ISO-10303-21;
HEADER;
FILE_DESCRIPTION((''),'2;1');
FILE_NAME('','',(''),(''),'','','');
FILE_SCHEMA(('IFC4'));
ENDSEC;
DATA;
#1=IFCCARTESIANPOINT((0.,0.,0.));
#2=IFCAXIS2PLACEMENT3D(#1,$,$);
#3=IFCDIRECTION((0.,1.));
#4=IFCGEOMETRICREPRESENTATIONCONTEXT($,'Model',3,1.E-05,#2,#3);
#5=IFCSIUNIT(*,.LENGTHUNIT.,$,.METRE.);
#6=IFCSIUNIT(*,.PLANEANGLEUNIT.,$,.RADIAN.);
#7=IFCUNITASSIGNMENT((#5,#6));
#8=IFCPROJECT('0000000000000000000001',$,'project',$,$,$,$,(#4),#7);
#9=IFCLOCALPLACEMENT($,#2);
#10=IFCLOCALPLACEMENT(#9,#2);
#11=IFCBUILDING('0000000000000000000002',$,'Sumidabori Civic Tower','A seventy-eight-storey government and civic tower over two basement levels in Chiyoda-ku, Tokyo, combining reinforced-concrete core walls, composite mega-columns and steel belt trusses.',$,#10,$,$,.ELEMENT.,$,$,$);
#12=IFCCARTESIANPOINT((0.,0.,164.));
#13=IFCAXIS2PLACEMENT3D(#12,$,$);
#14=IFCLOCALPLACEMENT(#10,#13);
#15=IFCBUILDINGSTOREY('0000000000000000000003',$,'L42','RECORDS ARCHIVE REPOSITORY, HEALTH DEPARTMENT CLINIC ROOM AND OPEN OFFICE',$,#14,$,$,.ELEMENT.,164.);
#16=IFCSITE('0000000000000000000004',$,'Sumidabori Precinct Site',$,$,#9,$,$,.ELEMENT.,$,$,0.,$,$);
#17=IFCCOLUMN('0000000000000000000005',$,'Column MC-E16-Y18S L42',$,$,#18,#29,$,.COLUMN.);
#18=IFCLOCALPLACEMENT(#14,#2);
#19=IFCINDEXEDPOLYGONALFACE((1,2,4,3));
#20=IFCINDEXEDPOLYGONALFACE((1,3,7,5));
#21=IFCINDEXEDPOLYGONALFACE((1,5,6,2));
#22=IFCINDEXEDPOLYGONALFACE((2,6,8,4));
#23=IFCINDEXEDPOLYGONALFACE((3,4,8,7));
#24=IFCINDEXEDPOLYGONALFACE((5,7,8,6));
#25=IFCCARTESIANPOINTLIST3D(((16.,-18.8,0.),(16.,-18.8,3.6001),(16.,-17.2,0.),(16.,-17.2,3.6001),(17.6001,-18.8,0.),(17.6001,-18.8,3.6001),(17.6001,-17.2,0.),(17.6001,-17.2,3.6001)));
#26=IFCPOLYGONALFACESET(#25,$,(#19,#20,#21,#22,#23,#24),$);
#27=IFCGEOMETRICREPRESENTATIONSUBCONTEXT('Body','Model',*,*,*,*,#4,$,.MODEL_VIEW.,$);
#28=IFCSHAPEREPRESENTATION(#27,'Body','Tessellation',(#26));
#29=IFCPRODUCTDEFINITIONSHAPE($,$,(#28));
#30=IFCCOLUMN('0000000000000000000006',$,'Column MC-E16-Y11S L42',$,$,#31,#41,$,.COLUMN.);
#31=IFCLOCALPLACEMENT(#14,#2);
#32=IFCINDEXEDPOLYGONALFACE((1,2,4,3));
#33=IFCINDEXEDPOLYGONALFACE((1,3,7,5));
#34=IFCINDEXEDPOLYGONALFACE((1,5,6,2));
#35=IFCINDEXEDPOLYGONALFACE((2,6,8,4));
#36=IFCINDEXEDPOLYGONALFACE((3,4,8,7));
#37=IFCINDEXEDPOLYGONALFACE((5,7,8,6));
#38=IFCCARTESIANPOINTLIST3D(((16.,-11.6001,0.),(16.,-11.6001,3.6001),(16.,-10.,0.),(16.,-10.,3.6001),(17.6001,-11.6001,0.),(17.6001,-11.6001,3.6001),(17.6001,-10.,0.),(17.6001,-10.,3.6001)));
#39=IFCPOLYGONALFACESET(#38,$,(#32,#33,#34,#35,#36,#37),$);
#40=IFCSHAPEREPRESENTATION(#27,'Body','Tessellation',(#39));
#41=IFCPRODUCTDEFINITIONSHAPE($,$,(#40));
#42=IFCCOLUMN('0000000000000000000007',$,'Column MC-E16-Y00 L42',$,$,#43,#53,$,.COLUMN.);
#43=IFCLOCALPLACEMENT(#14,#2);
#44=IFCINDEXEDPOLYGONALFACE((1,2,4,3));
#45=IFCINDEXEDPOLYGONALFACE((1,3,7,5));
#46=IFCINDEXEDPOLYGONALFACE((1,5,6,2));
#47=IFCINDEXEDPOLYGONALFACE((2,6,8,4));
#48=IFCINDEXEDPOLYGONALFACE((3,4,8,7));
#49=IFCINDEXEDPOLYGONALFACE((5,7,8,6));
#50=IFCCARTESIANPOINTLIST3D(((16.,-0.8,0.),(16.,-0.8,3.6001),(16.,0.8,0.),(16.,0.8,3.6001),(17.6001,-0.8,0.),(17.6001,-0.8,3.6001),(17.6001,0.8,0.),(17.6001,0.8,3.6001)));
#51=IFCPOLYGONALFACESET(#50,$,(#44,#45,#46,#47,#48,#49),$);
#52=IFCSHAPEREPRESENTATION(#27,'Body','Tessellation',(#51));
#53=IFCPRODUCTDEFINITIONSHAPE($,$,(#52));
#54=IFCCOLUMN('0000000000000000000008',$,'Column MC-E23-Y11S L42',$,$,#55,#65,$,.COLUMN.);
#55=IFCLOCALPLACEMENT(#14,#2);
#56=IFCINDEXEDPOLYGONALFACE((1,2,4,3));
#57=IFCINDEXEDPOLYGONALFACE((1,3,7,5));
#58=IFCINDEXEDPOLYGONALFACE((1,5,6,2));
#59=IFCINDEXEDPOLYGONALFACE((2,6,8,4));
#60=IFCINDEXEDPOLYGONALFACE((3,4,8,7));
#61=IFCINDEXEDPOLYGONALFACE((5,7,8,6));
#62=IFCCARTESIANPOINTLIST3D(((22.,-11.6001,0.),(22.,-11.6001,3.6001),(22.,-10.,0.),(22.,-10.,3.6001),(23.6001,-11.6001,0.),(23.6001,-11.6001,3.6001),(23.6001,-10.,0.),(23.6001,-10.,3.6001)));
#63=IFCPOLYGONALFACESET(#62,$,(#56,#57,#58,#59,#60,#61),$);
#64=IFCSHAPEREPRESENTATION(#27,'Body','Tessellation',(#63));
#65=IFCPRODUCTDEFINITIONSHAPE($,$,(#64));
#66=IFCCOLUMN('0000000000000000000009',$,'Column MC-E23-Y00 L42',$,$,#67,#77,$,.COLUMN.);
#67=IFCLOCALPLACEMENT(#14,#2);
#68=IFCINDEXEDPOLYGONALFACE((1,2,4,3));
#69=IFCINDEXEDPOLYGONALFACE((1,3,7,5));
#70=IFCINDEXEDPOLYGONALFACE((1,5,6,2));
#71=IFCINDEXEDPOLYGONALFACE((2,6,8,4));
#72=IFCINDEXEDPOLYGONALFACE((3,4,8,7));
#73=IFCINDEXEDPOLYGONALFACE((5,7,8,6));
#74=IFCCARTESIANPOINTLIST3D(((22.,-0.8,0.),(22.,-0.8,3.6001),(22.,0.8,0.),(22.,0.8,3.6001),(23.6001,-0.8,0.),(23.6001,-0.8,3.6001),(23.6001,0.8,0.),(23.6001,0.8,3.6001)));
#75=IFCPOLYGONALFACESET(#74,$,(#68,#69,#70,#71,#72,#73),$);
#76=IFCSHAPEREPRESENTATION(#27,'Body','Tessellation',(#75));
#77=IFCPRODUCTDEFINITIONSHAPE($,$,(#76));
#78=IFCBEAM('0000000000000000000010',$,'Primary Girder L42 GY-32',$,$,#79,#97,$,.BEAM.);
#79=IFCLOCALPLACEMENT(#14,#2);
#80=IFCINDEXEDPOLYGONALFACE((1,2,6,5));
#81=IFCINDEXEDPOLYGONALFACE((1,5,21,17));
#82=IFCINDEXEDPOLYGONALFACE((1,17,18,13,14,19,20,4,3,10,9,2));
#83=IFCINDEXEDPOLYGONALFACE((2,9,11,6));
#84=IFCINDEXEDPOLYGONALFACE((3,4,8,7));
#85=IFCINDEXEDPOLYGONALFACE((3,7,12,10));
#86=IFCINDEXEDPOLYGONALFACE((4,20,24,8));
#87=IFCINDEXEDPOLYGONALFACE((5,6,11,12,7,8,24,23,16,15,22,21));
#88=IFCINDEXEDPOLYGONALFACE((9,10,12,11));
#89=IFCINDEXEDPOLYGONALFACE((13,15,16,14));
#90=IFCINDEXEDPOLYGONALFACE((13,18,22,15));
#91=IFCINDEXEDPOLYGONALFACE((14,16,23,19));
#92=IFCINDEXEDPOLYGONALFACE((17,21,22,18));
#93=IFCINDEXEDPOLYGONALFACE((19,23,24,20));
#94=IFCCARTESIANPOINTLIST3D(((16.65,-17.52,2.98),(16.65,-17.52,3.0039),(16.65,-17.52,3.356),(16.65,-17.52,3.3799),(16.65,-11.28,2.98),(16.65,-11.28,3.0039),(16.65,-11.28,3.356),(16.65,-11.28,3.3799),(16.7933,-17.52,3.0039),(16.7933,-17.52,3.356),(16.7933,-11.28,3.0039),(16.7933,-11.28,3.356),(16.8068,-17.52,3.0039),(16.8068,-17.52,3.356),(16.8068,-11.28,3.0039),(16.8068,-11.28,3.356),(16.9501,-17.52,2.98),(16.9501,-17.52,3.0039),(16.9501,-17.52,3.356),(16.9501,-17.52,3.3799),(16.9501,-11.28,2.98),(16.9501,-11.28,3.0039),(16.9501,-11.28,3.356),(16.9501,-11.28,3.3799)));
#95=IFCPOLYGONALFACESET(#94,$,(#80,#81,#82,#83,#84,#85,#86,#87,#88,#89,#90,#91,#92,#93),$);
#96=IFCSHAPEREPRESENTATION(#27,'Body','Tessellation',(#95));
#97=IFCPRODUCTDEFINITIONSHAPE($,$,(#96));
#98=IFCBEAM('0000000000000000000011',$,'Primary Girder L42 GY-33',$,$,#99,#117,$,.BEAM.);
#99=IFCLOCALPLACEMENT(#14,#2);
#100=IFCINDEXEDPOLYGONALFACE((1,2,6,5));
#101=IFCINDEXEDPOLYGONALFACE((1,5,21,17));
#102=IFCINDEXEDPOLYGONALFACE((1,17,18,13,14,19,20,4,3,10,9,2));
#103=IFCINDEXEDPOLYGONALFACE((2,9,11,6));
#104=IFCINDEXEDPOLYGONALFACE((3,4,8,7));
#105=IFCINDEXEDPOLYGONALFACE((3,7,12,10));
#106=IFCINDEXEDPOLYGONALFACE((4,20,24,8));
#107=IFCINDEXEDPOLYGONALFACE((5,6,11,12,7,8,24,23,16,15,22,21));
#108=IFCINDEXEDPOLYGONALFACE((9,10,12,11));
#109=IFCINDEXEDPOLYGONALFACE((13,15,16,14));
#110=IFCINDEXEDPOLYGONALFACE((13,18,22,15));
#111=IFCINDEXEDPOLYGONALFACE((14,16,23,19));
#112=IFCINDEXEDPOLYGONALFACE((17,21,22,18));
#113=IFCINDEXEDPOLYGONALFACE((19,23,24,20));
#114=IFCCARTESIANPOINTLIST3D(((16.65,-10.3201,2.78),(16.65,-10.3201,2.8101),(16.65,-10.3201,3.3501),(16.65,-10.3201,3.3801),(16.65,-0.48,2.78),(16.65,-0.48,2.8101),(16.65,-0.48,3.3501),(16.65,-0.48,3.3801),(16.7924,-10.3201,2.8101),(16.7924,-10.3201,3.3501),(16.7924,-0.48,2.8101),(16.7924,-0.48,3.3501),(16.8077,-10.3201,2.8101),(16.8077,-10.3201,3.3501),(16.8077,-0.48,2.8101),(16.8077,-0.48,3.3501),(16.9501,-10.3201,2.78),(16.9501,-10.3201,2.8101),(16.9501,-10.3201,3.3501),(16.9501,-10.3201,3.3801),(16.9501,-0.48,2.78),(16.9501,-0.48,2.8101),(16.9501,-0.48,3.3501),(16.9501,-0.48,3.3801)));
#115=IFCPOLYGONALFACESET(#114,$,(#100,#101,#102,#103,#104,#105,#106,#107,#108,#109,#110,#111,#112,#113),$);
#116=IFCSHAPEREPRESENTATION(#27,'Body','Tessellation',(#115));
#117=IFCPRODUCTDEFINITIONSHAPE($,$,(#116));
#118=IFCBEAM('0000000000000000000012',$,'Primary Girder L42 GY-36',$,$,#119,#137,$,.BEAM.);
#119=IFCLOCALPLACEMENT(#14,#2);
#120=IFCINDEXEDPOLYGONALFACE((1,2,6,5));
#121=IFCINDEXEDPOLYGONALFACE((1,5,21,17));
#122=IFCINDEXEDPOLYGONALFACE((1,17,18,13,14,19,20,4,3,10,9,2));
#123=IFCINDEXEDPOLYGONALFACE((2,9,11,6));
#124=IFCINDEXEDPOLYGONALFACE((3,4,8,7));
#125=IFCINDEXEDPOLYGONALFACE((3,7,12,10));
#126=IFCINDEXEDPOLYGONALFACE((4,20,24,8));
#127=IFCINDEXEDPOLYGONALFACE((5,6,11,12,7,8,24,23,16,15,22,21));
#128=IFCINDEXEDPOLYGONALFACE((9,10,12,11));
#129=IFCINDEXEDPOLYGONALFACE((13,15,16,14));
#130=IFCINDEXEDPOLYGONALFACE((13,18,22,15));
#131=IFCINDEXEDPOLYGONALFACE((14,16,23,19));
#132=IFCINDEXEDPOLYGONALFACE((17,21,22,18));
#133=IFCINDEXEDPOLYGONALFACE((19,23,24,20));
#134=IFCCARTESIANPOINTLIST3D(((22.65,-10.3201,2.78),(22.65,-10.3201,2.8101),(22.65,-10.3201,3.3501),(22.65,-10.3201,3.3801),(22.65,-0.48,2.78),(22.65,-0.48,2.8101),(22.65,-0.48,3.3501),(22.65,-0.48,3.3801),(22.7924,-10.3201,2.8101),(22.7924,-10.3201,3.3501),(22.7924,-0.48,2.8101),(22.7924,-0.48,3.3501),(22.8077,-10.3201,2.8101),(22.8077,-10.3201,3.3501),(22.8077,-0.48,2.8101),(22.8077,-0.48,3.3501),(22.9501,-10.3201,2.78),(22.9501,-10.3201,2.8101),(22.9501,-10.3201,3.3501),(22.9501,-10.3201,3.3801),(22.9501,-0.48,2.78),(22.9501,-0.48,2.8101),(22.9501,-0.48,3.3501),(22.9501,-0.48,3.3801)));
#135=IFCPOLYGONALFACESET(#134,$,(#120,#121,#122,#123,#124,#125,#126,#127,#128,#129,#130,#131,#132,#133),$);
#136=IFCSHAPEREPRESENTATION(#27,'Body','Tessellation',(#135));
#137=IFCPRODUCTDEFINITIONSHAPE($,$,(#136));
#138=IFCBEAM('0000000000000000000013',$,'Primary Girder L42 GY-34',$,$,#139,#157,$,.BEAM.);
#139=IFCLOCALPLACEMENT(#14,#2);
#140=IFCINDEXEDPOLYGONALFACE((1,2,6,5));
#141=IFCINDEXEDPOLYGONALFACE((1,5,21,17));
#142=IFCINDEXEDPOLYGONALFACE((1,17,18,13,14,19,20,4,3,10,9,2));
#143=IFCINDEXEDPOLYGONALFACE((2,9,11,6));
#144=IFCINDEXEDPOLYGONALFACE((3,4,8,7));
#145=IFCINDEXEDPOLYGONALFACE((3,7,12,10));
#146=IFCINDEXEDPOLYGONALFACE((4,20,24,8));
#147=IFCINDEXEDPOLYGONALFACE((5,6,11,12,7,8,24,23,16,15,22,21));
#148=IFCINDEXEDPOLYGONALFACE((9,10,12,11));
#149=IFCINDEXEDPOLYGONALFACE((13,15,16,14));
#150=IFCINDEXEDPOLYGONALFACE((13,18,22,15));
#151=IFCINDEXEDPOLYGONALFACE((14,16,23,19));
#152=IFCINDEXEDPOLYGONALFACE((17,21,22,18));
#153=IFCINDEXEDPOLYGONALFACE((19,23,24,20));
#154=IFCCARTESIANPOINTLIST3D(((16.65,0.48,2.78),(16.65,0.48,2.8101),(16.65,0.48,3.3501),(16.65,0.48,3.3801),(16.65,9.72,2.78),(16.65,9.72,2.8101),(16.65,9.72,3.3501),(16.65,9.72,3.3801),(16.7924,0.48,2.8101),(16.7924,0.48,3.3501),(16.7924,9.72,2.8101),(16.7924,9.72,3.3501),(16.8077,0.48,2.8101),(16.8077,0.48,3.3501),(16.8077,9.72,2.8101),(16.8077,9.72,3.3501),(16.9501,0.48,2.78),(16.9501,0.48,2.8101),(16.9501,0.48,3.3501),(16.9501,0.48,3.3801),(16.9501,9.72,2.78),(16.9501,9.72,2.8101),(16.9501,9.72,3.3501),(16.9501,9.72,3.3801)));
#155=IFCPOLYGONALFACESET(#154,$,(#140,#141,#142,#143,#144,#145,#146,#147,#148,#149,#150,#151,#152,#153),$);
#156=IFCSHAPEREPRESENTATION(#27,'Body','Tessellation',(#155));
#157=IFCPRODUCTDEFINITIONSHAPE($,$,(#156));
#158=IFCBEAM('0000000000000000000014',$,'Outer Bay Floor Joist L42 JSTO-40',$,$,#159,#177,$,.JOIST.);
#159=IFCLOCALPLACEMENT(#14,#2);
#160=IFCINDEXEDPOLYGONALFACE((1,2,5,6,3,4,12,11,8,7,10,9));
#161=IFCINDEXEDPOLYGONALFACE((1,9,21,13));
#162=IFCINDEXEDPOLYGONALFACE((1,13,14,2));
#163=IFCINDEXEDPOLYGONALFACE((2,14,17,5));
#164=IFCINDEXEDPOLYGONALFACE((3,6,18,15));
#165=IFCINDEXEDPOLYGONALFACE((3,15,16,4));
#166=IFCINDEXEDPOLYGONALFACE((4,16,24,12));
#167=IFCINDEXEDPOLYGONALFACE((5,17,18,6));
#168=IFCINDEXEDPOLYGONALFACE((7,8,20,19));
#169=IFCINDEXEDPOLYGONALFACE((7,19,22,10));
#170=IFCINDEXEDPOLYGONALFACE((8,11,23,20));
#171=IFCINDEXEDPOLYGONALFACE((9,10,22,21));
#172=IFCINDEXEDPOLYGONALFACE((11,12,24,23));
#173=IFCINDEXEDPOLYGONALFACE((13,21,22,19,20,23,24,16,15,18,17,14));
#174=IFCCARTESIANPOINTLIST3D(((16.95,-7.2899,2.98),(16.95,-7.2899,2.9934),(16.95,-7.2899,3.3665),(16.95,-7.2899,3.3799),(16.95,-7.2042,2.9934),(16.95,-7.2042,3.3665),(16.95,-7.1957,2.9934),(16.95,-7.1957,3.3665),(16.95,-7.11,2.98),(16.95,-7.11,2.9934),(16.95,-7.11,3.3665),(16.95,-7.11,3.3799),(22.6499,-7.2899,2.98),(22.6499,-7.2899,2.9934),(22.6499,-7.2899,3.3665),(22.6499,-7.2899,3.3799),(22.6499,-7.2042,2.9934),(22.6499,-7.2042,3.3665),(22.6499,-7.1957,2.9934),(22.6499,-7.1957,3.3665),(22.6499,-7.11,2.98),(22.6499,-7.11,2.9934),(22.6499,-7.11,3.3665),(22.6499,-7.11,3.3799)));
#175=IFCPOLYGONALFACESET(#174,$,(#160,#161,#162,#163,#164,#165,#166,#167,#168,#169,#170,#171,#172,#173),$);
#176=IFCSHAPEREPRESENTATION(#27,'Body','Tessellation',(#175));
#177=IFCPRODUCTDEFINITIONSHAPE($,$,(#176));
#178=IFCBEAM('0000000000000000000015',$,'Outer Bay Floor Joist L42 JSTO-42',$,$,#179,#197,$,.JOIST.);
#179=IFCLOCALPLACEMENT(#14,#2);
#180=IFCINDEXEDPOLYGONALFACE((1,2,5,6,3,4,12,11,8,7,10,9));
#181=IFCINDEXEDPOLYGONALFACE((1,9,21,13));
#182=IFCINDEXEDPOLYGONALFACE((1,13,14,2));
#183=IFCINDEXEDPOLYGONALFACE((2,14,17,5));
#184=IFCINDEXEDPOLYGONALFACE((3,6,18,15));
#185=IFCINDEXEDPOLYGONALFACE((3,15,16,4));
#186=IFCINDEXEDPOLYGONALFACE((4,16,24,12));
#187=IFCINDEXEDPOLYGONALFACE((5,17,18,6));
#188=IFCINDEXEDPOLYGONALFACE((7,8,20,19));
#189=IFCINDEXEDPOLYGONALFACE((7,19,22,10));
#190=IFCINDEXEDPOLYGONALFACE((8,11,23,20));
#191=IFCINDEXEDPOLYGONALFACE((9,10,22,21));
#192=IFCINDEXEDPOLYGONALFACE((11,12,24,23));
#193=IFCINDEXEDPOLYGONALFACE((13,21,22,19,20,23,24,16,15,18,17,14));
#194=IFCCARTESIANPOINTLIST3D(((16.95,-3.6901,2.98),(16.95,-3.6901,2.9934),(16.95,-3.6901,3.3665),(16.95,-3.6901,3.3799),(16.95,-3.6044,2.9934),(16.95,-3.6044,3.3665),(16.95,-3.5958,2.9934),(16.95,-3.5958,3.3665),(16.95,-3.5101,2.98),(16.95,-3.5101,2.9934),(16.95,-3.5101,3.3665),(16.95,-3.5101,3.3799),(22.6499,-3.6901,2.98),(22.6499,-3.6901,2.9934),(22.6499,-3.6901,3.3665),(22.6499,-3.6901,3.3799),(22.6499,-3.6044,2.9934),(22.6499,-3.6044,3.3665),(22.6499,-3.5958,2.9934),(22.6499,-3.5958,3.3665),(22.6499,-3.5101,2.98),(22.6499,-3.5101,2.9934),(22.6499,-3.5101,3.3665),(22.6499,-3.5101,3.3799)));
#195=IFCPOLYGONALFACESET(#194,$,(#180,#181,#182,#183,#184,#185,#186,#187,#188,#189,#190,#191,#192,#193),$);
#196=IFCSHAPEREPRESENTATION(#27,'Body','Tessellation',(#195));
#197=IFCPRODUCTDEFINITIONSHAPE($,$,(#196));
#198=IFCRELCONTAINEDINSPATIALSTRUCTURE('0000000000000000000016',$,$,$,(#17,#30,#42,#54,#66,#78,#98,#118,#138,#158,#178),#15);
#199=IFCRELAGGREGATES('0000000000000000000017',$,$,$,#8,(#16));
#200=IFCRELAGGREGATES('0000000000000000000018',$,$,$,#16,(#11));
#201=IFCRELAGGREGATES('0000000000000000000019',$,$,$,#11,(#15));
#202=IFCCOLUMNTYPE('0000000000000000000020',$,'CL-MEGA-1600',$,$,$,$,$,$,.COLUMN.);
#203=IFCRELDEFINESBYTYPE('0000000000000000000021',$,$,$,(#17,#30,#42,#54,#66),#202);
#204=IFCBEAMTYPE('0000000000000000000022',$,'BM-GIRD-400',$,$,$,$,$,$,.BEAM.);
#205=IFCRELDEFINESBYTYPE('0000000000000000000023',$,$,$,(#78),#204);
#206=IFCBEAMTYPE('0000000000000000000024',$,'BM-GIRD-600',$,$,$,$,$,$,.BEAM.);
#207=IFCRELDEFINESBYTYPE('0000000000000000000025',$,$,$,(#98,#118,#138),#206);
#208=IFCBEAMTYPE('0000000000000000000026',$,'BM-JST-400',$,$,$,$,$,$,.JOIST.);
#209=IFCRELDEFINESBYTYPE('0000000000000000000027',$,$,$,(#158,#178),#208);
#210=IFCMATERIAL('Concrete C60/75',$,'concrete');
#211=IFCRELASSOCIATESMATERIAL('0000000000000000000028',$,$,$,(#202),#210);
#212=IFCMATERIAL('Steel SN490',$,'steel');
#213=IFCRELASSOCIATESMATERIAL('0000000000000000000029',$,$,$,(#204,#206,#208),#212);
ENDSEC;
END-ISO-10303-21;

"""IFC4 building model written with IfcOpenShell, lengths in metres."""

from ifc_helpers import new_model, si_unit, direction, frame, origin, origin_2d, place, context, subcontext, project, spatial, rectangle, i_section, extrude, source, transform, mapped, material, material_profile, profile_set, type_object, element, save


model = new_model("IFC4")

# Units and contexts
model_context = context("Model", 3, precision=1e-05, world=origin(), true_north=direction((0.0, 1.0)))
body_context = subcontext(model_context, "Body", "Model", "MODEL_VIEW")
ifc_project = project(units=[si_unit("LENGTHUNIT", "METRE"), si_unit("PLANEANGLEUNIT", "RADIAN")], contexts=[model_context])

# Site, building, storey
site_placement = place(None, origin())
site = spatial("IfcSite", under=ifc_project, at=site_placement, Name="Sumidabori Precinct Site", CompositionType="ELEMENT", RefElevation=0.0)
building_placement = place(site_placement, origin())
building = spatial("IfcBuilding", under=site, at=building_placement, Name="Sumidabori Civic Tower", Description="A seventy-eight-storey government and civic tower over two basement levels in Chiyoda-ku, Tokyo, combining reinforced-concrete core walls, composite mega-columns and steel belt trusses.", CompositionType="ELEMENT")
storey_placement = place(building_placement, frame((0.0, 0.0, 164.0)))
storey = spatial("IfcBuildingStorey", under=building, at=storey_placement, Name="L42", Description="RECORDS ARCHIVE REPOSITORY, HEALTH DEPARTMENT CLINIC ROOM AND OPEN OFFICE", CompositionType="ELEMENT", Elevation=164.0)

# Columns
ifc_material_1 = material(Name="Concrete C60/75", Category="concrete")
ifc_material_profile_1 = material_profile(ifc_material_1, rectangle(XDim=1.6001, YDim=1.6001, at=origin_2d()), Name="RC 1600x1600")
ifc_profile_set_1 = profile_set([ifc_material_profile_1], Name="Concrete C60/75")
column_type = type_object("IfcColumnType", Name="CL-MEGA-1600", PredefinedType="COLUMN", material=ifc_profile_set_1)
shared_shape_1 = source(origin(), body_context, "Body", "SweptSolid", [
    extrude(rectangle(XDim=1.6001, YDim=1.6001, at=origin_2d()), origin(), (0.0, 0.0, 1.0), 3.6001),
])
for number, where, z_axis, x_axis, name in (
    (1, (16.8, -18.0, 0.0), (0.0, 0.0, 1.0), (1.0, 0.0, 0.0), "Column MC-E16-Y18S L42"),
    (2, (16.8, -10.8, 0.0), (0.0, 0.0, 1.0), (1.0, 0.0, 0.0), "Column MC-E16-Y11S L42"),
    (3, (16.8, 0.0, 0.0), (0.0, 0.0, 1.0), (1.0, 0.0, 0.0), "Column MC-E16-Y00 L42"),
    (4, (22.8, -10.8, 0.0), (0.0, 0.0, 1.0), (1.0, 0.0, 0.0), "Column MC-E23-Y11S L42"),
    (5, (22.8, 0.0, 0.0), (0.0, 0.0, 1.0), (1.0, 0.0, 0.0), "Column MC-E23-Y00 L42"),
):
    element("IfcColumn", number, at=place(storey_placement, frame(where, z_axis=z_axis, x_axis=x_axis)), inside=storey, type_object=column_type, Name=name, PredefinedType="COLUMN", context=body_context, shape_type="MappedRepresentation", body=[
        mapped(shared_shape_1, transform((0.0, 0.0, 0.0), x_axis=(1.0, 0.0, 0.0), y_axis=(0.0, 1.0, 0.0), z_axis=(0.0, 0.0, 1.0), scale=1.0)),
    ])

# Beams
ifc_material_2 = material(Name="Steel SN490", Category="steel")
ifc_material_profile_2 = material_profile(ifc_material_2, i_section(OverallWidth=0.3, OverallDepth=0.3999, WebThickness=0.0134, FlangeThickness=0.0239, at=origin_2d()), Name="HE 400 B")
ifc_profile_set_2 = profile_set([ifc_material_profile_2], Name="Steel SN490")
beam_type_1 = type_object("IfcBeamType", Name="BM-GIRD-400", PredefinedType="BEAM", material=ifc_profile_set_2)
shared_shape_2 = source(origin(), body_context, "Body", "SweptSolid", [
    extrude(i_section(OverallWidth=0.3, OverallDepth=0.3999, WebThickness=0.0134, FlangeThickness=0.0239, at=origin_2d()), origin(), (0.0, 0.0, 1.0), 6.24),
])
beam_1_placement = place(storey_placement, frame((16.8, -17.52, 3.1799), z_axis=(0.0, 1.0, 0.0), x_axis=(-1.0, 0.0, 0.0)))
element("IfcBeam", 6, at=beam_1_placement, inside=storey, type_object=beam_type_1, Name="Primary Girder L42 GY-32", PredefinedType="BEAM", context=body_context, shape_type="MappedRepresentation", body=[
    mapped(shared_shape_2, transform((0.0, 0.0, 0.0), x_axis=(1.0, 0.0, 0.0), y_axis=(0.0, 1.0, 0.0), z_axis=(0.0, 0.0, 1.0), scale=1.0)),
])
ifc_material_profile_3 = material_profile(ifc_material_2, i_section(OverallWidth=0.3, OverallDepth=0.6001, WebThickness=0.0154, FlangeThickness=0.03, at=origin_2d()), Name="HE 600 B")
ifc_profile_set_3 = profile_set([ifc_material_profile_3], Name="Steel SN490")
beam_type_2 = type_object("IfcBeamType", Name="BM-GIRD-600", PredefinedType="BEAM", material=ifc_profile_set_3)
shared_shape_3 = source(origin(), body_context, "Body", "SweptSolid", [
    extrude(i_section(OverallWidth=0.3, OverallDepth=0.6001, WebThickness=0.0154, FlangeThickness=0.03, at=origin_2d()), origin(), (0.0, 0.0, 1.0), 9.8401),
])
for number, where, z_axis, x_axis, name in (
    (7, (16.8, -10.3201, 3.0801), (0.0, 1.0, 0.0), (-1.0, 0.0, 0.0), "Primary Girder L42 GY-33"),
    (8, (22.8, -10.3201, 3.0801), (0.0, 1.0, 0.0), (-1.0, 0.0, 0.0), "Primary Girder L42 GY-36"),
):
    element("IfcBeam", number, at=place(storey_placement, frame(where, z_axis=z_axis, x_axis=x_axis)), inside=storey, type_object=beam_type_2, Name=name, PredefinedType="BEAM", context=body_context, shape_type="MappedRepresentation", body=[
        mapped(shared_shape_3, transform((0.0, 0.0, 0.0), x_axis=(1.0, 0.0, 0.0), y_axis=(0.0, 1.0, 0.0), z_axis=(0.0, 0.0, 1.0), scale=1.0)),
    ])
shared_shape_4 = source(origin(), body_context, "Body", "SweptSolid", [
    extrude(i_section(OverallWidth=0.3, OverallDepth=0.6001, WebThickness=0.0154, FlangeThickness=0.03, at=origin_2d()), origin(), (0.0, 0.0, 1.0), 9.24),
])
beam_2_placement = place(storey_placement, frame((16.8, 0.48, 3.0801), z_axis=(0.0, 1.0, 0.0), x_axis=(-1.0, 0.0, 0.0)))
element("IfcBeam", 9, at=beam_2_placement, inside=storey, type_object=beam_type_2, Name="Primary Girder L42 GY-34", PredefinedType="BEAM", context=body_context, shape_type="MappedRepresentation", body=[
    mapped(shared_shape_4, transform((0.0, 0.0, 0.0), x_axis=(1.0, 0.0, 0.0), y_axis=(0.0, 1.0, 0.0), z_axis=(0.0, 0.0, 1.0), scale=1.0)),
])
ifc_material_profile_4 = material_profile(ifc_material_2, i_section(OverallWidth=0.1799, OverallDepth=0.3999, WebThickness=0.0085, FlangeThickness=0.0134, at=origin_2d()), Name="IPE 400")
ifc_profile_set_4 = profile_set([ifc_material_profile_4], Name="Steel SN490")
beam_type_3 = type_object("IfcBeamType", Name="BM-JST-400", PredefinedType="JOIST", material=ifc_profile_set_4)
shared_shape_5 = source(origin(), body_context, "Body", "SweptSolid", [
    extrude(i_section(OverallWidth=0.1799, OverallDepth=0.3999, WebThickness=0.0085, FlangeThickness=0.0134, at=origin_2d()), origin(), (0.0, 0.0, 1.0), 5.7),
])
for number, where, z_axis, x_axis, name in (
    (10, (16.95, -7.2, 3.1799), (1.0, 0.0, 0.0), (0.0, 1.0, 0.0), "Outer Bay Floor Joist L42 JSTO-40"),
    (11, (16.95, -3.6001, 3.1799), (1.0, 0.0, 0.0), (0.0, 1.0, 0.0), "Outer Bay Floor Joist L42 JSTO-42"),
):
    element("IfcBeam", number, at=place(storey_placement, frame(where, z_axis=z_axis, x_axis=x_axis)), inside=storey, type_object=beam_type_3, Name=name, PredefinedType="JOIST", context=body_context, shape_type="MappedRepresentation", body=[
        mapped(shared_shape_5, transform((0.0, 0.0, 0.0), x_axis=(1.0, 0.0, 0.0), y_axis=(0.0, 1.0, 0.0), z_axis=(0.0, 0.0, 1.0), scale=1.0)),
    ])

save(model, "model.ifc")
